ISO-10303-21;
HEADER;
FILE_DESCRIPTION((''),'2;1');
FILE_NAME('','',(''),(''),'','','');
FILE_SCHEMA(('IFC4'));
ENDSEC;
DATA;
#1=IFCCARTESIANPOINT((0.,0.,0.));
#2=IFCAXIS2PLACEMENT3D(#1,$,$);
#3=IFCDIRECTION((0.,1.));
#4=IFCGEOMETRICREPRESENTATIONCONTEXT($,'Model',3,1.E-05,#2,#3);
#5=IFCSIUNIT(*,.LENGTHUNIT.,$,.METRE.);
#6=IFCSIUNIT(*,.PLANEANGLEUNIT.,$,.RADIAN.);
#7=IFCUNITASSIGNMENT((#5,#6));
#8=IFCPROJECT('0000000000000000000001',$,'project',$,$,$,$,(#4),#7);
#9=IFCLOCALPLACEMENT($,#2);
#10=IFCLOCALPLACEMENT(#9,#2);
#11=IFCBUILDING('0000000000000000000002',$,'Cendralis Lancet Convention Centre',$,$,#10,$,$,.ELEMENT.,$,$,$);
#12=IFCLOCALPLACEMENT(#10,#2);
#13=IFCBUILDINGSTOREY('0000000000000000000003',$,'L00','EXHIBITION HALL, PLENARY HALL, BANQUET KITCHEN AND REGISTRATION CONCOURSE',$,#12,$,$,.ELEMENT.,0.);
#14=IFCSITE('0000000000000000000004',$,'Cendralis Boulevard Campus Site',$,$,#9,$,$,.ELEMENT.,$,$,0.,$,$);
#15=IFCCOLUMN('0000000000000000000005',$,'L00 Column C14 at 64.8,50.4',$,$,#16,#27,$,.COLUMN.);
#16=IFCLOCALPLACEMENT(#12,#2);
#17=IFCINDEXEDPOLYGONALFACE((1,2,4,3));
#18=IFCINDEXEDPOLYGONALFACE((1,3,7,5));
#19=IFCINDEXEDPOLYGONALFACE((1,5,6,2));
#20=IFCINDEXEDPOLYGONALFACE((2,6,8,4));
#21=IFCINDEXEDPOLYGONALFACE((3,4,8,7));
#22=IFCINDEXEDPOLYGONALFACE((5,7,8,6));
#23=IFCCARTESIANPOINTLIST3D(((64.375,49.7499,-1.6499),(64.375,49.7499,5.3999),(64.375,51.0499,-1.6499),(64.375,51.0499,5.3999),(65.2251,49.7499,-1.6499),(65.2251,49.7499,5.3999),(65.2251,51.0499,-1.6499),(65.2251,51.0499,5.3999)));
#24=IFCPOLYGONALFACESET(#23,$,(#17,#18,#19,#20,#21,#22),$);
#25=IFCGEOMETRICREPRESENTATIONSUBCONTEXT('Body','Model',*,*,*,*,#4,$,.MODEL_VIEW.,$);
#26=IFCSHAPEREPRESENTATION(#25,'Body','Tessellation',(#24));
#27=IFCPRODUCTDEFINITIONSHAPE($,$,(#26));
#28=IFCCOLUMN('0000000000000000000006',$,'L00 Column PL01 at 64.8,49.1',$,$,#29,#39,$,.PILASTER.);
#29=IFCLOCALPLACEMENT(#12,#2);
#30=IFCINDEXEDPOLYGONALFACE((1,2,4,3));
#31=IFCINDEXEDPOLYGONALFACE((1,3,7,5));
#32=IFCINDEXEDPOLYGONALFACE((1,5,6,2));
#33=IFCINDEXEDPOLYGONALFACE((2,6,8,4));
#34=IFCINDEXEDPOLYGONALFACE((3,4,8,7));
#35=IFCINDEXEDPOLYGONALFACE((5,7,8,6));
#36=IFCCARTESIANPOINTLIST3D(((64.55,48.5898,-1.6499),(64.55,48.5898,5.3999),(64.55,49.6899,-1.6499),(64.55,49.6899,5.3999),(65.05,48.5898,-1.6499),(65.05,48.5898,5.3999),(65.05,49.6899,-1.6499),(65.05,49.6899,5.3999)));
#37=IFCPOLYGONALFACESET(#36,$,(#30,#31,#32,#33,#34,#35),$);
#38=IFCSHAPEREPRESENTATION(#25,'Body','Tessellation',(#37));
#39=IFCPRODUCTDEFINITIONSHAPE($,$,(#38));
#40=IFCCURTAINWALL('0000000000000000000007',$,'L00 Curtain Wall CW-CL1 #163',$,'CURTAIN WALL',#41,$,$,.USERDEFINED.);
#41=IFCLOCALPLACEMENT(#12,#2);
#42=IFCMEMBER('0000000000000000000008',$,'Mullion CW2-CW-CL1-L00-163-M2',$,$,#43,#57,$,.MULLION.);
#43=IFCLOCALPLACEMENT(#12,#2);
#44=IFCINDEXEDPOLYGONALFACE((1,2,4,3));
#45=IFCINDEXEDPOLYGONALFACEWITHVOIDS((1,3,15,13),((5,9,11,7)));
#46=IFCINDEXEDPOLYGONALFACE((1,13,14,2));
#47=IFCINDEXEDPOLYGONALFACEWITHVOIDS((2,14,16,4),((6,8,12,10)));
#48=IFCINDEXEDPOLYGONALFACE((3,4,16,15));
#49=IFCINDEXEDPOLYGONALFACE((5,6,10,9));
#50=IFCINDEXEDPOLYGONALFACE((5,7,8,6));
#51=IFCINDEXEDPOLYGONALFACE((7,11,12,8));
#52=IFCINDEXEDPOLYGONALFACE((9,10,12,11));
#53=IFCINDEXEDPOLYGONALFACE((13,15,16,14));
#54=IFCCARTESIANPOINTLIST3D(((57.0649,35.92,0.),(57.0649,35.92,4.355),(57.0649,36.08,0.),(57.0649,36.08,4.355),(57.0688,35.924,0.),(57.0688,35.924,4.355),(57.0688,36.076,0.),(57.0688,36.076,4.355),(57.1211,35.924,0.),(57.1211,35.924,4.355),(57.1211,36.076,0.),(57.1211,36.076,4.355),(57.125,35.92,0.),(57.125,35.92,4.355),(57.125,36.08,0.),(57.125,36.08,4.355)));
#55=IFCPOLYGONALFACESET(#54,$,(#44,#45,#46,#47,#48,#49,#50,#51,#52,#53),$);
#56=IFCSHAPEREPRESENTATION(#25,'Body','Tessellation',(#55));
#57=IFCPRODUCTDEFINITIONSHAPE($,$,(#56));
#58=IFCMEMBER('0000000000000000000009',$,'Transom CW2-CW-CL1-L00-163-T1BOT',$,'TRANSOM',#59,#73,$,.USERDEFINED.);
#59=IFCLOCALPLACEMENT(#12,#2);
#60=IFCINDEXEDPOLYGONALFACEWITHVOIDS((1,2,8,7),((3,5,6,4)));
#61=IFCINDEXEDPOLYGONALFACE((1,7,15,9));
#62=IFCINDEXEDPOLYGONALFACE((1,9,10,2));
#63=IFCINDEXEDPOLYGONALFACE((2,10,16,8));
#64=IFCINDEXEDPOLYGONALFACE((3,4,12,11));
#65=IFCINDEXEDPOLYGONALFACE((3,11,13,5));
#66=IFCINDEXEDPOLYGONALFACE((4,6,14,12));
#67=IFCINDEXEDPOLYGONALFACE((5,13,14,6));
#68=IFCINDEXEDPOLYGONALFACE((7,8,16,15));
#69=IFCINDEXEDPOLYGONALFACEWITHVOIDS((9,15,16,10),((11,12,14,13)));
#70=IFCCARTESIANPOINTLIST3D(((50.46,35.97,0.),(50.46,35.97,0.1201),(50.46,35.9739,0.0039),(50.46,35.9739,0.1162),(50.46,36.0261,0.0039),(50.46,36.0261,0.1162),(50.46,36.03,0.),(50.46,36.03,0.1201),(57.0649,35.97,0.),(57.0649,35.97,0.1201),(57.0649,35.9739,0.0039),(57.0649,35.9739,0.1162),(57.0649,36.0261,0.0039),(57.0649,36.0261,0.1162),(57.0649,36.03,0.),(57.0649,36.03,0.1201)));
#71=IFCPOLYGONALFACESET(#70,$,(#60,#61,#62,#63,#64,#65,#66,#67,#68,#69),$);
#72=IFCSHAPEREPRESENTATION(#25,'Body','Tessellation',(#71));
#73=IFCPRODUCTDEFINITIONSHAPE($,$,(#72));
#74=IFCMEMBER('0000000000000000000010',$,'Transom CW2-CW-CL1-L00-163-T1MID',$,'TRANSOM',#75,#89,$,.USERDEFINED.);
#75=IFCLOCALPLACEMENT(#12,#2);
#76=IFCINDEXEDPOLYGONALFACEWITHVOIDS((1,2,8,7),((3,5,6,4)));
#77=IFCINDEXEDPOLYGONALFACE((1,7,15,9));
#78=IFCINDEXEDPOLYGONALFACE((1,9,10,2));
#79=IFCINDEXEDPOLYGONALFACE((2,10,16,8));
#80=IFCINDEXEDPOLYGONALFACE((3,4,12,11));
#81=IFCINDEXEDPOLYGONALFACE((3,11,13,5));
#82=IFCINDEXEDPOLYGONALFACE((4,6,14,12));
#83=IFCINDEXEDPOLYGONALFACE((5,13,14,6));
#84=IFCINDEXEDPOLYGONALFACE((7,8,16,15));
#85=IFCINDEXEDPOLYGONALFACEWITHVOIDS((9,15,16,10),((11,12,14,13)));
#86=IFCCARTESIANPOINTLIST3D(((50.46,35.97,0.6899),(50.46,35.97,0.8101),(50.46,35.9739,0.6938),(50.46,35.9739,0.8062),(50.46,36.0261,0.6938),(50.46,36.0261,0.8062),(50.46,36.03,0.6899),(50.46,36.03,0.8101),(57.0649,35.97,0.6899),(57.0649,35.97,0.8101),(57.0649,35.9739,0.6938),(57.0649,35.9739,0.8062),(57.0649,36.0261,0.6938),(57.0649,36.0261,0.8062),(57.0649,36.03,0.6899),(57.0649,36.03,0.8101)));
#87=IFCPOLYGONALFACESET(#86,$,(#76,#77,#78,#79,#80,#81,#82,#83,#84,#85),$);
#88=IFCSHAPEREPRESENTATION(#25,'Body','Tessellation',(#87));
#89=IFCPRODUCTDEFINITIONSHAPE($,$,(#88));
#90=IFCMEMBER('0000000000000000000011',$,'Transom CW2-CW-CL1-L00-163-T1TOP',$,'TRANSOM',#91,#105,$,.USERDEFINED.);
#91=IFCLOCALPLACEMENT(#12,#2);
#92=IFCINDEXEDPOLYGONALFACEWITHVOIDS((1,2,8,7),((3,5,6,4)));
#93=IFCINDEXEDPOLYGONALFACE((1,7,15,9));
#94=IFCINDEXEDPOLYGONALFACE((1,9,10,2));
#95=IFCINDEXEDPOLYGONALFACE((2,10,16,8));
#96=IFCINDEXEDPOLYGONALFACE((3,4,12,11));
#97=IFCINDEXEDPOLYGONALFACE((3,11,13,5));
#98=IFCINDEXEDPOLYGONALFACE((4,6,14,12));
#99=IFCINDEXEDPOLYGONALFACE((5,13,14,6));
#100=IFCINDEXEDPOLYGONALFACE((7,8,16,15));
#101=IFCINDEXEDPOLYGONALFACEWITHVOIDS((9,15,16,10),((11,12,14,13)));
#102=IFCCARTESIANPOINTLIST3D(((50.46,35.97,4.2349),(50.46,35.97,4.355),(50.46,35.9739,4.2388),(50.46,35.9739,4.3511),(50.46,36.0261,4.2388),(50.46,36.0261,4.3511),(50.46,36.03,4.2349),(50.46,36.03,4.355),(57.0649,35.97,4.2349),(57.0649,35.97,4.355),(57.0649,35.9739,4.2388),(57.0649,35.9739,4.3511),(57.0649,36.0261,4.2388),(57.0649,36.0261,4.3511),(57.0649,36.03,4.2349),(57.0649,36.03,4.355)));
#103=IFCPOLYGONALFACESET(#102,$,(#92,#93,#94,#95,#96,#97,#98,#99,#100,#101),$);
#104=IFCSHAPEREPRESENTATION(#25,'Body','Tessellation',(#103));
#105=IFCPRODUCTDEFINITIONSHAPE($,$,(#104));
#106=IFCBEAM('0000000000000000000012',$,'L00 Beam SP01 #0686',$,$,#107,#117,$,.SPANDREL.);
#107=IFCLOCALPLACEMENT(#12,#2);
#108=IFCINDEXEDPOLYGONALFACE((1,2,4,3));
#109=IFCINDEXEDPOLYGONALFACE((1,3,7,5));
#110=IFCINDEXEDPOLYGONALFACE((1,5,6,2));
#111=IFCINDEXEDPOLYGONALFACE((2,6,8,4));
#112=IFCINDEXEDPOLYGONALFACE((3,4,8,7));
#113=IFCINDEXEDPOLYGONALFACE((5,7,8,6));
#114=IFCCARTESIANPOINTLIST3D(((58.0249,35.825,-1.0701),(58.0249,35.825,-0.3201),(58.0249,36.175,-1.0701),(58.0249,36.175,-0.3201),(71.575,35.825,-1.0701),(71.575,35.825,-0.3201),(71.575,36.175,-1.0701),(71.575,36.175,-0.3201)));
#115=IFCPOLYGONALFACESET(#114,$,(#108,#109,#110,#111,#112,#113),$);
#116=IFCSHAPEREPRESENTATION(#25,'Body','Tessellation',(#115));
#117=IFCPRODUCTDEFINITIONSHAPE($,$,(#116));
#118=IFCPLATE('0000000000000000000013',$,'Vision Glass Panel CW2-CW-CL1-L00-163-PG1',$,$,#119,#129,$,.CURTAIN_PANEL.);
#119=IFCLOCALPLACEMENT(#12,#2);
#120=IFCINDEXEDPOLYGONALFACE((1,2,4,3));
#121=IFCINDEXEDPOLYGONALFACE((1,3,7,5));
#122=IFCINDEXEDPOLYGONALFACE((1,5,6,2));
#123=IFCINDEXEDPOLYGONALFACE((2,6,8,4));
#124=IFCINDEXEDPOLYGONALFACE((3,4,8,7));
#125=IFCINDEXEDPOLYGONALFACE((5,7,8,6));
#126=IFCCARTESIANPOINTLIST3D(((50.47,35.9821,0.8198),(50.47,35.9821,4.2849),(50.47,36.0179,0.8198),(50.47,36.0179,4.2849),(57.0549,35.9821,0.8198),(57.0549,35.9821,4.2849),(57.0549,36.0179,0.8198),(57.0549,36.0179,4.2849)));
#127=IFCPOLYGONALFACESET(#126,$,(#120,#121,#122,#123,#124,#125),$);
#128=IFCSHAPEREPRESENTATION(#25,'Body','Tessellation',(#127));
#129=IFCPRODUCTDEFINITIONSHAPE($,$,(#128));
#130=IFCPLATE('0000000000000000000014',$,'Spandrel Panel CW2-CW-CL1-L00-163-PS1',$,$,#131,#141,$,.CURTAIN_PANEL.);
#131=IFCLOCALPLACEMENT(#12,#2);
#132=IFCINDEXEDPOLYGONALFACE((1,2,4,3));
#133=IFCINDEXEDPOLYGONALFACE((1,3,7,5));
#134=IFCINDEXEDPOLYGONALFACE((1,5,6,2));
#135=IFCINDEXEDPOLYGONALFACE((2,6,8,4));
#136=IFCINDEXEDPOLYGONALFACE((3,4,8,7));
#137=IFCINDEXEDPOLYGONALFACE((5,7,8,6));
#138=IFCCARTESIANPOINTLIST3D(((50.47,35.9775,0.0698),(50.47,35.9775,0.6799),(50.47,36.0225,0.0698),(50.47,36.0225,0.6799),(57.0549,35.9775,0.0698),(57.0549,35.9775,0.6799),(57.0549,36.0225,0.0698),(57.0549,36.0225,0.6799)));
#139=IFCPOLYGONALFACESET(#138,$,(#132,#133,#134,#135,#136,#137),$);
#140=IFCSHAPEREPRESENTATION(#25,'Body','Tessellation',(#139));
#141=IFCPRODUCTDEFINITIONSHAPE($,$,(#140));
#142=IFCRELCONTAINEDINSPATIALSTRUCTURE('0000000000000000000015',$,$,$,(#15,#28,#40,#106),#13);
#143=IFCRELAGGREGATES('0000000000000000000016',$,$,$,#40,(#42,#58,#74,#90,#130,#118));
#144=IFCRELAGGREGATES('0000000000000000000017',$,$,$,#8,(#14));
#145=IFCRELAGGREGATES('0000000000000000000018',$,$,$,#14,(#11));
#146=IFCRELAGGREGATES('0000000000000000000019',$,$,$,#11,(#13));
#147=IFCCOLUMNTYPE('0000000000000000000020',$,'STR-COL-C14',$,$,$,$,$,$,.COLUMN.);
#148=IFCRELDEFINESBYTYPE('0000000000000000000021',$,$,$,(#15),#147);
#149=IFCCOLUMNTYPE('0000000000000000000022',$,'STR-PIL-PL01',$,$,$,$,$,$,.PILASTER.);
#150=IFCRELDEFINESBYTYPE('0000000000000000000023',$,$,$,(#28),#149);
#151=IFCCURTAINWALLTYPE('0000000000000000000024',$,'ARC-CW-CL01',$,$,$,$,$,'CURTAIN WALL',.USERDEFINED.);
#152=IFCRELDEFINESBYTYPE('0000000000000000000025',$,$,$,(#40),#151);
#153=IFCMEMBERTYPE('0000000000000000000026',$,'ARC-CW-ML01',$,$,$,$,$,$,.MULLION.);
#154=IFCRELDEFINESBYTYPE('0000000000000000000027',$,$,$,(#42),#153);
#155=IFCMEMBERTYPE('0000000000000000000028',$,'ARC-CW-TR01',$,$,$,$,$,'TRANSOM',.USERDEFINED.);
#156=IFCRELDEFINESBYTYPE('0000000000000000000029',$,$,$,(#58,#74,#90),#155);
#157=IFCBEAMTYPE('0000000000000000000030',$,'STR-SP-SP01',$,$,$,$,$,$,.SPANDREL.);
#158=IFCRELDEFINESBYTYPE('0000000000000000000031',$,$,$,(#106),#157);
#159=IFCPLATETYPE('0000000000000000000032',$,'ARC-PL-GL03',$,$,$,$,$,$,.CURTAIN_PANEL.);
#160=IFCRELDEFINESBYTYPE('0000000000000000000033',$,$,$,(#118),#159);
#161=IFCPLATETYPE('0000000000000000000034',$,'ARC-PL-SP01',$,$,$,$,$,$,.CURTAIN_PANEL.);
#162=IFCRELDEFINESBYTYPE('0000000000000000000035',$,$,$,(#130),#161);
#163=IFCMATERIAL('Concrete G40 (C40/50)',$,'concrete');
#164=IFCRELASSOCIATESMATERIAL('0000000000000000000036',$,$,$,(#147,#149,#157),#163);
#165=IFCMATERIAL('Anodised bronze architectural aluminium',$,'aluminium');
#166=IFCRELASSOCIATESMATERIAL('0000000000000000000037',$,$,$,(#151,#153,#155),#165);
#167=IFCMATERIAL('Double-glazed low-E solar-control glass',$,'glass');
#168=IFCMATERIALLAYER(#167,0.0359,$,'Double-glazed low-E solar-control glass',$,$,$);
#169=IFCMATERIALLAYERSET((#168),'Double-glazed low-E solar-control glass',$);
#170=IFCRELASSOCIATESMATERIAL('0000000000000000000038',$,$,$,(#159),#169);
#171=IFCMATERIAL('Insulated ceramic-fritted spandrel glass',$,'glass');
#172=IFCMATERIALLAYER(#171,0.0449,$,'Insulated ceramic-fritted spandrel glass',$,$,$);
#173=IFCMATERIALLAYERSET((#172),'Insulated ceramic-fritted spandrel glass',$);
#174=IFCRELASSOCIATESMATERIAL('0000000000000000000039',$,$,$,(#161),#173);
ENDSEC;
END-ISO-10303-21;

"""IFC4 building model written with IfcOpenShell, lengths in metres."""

from ifc_helpers import new_model, si_unit, direction, frame, origin, origin_2d, place, context, subcontext, project, spatial, rectangle, hollow_rectangle, extrude, material, layer, layer_set, material_profile, profile_set, type_object, element, aggregate, save


model = new_model("IFC4")

# Units and contexts
model_context = context("Model", 3, precision=1e-05, world=origin(), true_north=direction((0.0, 1.0)))
body_context = subcontext(model_context, "Body", "Model", "MODEL_VIEW")
ifc_project = project(units=[si_unit("LENGTHUNIT", "METRE"), si_unit("PLANEANGLEUNIT", "RADIAN")], contexts=[model_context])

# Site, building, storey
site_placement = place(None, origin())
site = spatial("IfcSite", under=ifc_project, at=site_placement, Name="Cendralis Boulevard Campus Site", CompositionType="ELEMENT", RefElevation=0.0)
building_placement = place(site_placement, origin())
building = spatial("IfcBuilding", under=site, at=building_placement, Name="Cendralis Lancet Convention Centre", CompositionType="ELEMENT")
storey_placement = place(building_placement, origin())
storey = spatial("IfcBuildingStorey", under=building, at=storey_placement, Name="L00", Description="EXHIBITION HALL, PLENARY HALL, BANQUET KITCHEN AND REGISTRATION CONCOURSE", CompositionType="ELEMENT", Elevation=0.0)

# Columns
ifc_material_1 = material(Name="Concrete G40 (C40/50)", Category="concrete")
ifc_material_profile_1 = material_profile(ifc_material_1, rectangle(XDim=0.8501, YDim=1.3, at=origin_2d()), Name="RC 850x1300")
ifc_profile_set_1 = profile_set([ifc_material_profile_1], Name="Concrete G40 (C40/50)")
column_type_1 = type_object("IfcColumnType", Name="STR-COL-C14", PredefinedType="COLUMN", material=ifc_profile_set_1)
column_1_placement = place(storey_placement, frame((64.8, 50.3999, -1.6499), z_axis=(0.0, 0.0, 1.0), x_axis=(1.0, 0.0, 0.0)))
element("IfcColumn", 1, at=column_1_placement, inside=storey, type_object=column_type_1, Name="L00 Column C14 at 64.8,50.4", PredefinedType="COLUMN", context=body_context, shape_type="SweptSolid", body=[
    extrude(rectangle(XDim=0.8501, YDim=1.3, at=origin_2d()), origin(), (0.0, 0.0, 1.0), 7.0498),
])
ifc_material_profile_2 = material_profile(ifc_material_1, rectangle(XDim=0.5, YDim=1.1001, at=origin_2d()), Name="RC 500x1100")
ifc_profile_set_2 = profile_set([ifc_material_profile_2], Name="Concrete G40 (C40/50)")
column_type_2 = type_object("IfcColumnType", Name="STR-PIL-PL01", PredefinedType="PILASTER", material=ifc_profile_set_2)
column_2_placement = place(storey_placement, frame((64.8, 49.1399, -1.6499), z_axis=(0.0, 0.0, 1.0), x_axis=(1.0, 0.0, 0.0)))
element("IfcColumn", 2, at=column_2_placement, inside=storey, type_object=column_type_2, Name="L00 Column PL01 at 64.8,49.1", PredefinedType="PILASTER", context=body_context, shape_type="SweptSolid", body=[
    extrude(rectangle(XDim=0.5, YDim=1.1001, at=origin_2d()), origin(), (0.0, 0.0, 1.0), 7.0498),
])

# Curtain wall, members
ifc_material_2 = material(Name="Anodised bronze architectural aluminium", Category="aluminium")
curtain_wall_type = type_object("IfcCurtainWallType", Name="ARC-CW-CL01", ElementType="CURTAIN WALL", PredefinedType="USERDEFINED", material=ifc_material_2)
curtain_wall_placement = place(storey_placement, origin())
curtain_wall = element("IfcCurtainWall", 3, at=curtain_wall_placement, inside=storey, type_object=curtain_wall_type, Name="L00 Curtain Wall CW-CL1 #163", ObjectType="CURTAIN WALL", PredefinedType="USERDEFINED")
ifc_material_profile_3 = material_profile(ifc_material_2, hollow_rectangle(XDim=0.0601, YDim=0.1599, WallThickness=0.0039, at=origin_2d()), Name="AL-MULL 60x160x4.0")
ifc_profile_set_3 = profile_set([ifc_material_profile_3], Name="Anodised bronze architectural aluminium")
member_type_1 = type_object("IfcMemberType", Name="ARC-CW-ML01", PredefinedType="MULLION", material=ifc_profile_set_3)
member_1_placement = place(storey_placement, frame((57.095, 36.0, 0.0), z_axis=(0.0, 0.0, 1.0), x_axis=(1.0, 0.0, 0.0)))
member_1 = element("IfcMember", 4, at=member_1_placement, type_object=member_type_1, Name="Mullion CW2-CW-CL1-L00-163-M2", PredefinedType="MULLION", context=body_context, shape_type="SweptSolid", body=[
    extrude(hollow_rectangle(XDim=0.0601, YDim=0.1599, WallThickness=0.0039, at=origin_2d()), origin(), (0.0, 0.0, 1.0), 4.355),
])
ifc_material_profile_4 = material_profile(ifc_material_2, hollow_rectangle(XDim=0.0601, YDim=0.1201, WallThickness=0.0039, at=origin_2d()), Name="AL-TRAN 60x120x4.0")
ifc_profile_set_4 = profile_set([ifc_material_profile_4], Name="Anodised bronze architectural aluminium")
member_type_2 = type_object("IfcMemberType", Name="ARC-CW-TR01", ElementType="TRANSOM", PredefinedType="USERDEFINED", material=ifc_profile_set_4)
member_2_placement = place(storey_placement, frame((50.46, 36.0, 0.0601), z_axis=(1.0, 0.0, 0.0), x_axis=(0.0, 1.0, 0.0)))
member_2 = element("IfcMember", 5, at=member_2_placement, type_object=member_type_2, Name="Transom CW2-CW-CL1-L00-163-T1BOT", ObjectType="TRANSOM", PredefinedType="USERDEFINED", context=body_context, shape_type="SweptSolid", body=[
    extrude(hollow_rectangle(XDim=0.0601, YDim=0.1201, WallThickness=0.0039, at=origin_2d()), origin(), (0.0, 0.0, 1.0), 6.605),
])
member_3_placement = place(storey_placement, frame((50.46, 36.0, 0.75), z_axis=(1.0, 0.0, 0.0), x_axis=(0.0, 1.0, 0.0)))
member_3 = element("IfcMember", 6, at=member_3_placement, type_object=member_type_2, Name="Transom CW2-CW-CL1-L00-163-T1MID", ObjectType="TRANSOM", PredefinedType="USERDEFINED", context=body_context, shape_type="SweptSolid", body=[
    extrude(hollow_rectangle(XDim=0.0601, YDim=0.1201, WallThickness=0.0039, at=origin_2d()), origin(), (0.0, 0.0, 1.0), 6.605),
])
member_4_placement = place(storey_placement, frame((50.46, 36.0, 4.2949), z_axis=(1.0, 0.0, 0.0), x_axis=(0.0, 1.0, 0.0)))
member_4 = element("IfcMember", 7, at=member_4_placement, type_object=member_type_2, Name="Transom CW2-CW-CL1-L00-163-T1TOP", ObjectType="TRANSOM", PredefinedType="USERDEFINED", context=body_context, shape_type="SweptSolid", body=[
    extrude(hollow_rectangle(XDim=0.0601, YDim=0.1201, WallThickness=0.0039, at=origin_2d()), origin(), (0.0, 0.0, 1.0), 6.605),
])

# Beam
ifc_material_profile_5 = material_profile(ifc_material_1, rectangle(XDim=0.3501, YDim=0.75, at=origin_2d()), Name="RCB 350x750")
ifc_profile_set_5 = profile_set([ifc_material_profile_5], Name="Concrete G40 (C40/50)")
beam_type = type_object("IfcBeamType", Name="STR-SP-SP01", PredefinedType="SPANDREL", material=ifc_profile_set_5)
beam_placement = place(storey_placement, frame((58.0249, 36.0, -0.6951), z_axis=(1.0, 0.0, 0.0), x_axis=(0.0, 1.0, 0.0)))
element("IfcBeam", 8, at=beam_placement, inside=storey, type_object=beam_type, Name="L00 Beam SP01 #0686", PredefinedType="SPANDREL", context=body_context, shape_type="SweptSolid", body=[
    extrude(rectangle(XDim=0.3501, YDim=0.75, at=origin_2d()), origin(), (0.0, 0.0, 1.0), 13.55),
])

# Plates
ifc_material_3 = material(Name="Double-glazed low-E solar-control glass", Category="glass")
ifc_layer_1 = layer(ifc_material_3, 0.0359, Name="Double-glazed low-E solar-control glass")
ifc_layer_set_1 = layer_set([ifc_layer_1], Name="Double-glazed low-E solar-control glass")
plate_type_1 = type_object("IfcPlateType", Name="ARC-PL-GL03", PredefinedType="CURTAIN_PANEL", material=ifc_layer_set_1)
plate_1_placement = place(storey_placement, frame((53.7625, 36.0, 0.8198), z_axis=(0.0, 0.0, 1.0), x_axis=(1.0, 0.0, 0.0)))
plate_1 = element("IfcPlate", 9, at=plate_1_placement, type_object=plate_type_1, Name="Vision Glass Panel CW2-CW-CL1-L00-163-PG1", PredefinedType="CURTAIN_PANEL", context=body_context, shape_type="SweptSolid", body=[
    extrude(rectangle(XDim=6.585, YDim=0.0359, at=origin_2d()), origin(), (0.0, 0.0, 1.0), 3.4651),
])
ifc_material_4 = material(Name="Insulated ceramic-fritted spandrel glass", Category="glass")
ifc_layer_2 = layer(ifc_material_4, 0.0449, Name="Insulated ceramic-fritted spandrel glass")
ifc_layer_set_2 = layer_set([ifc_layer_2], Name="Insulated ceramic-fritted spandrel glass")
plate_type_2 = type_object("IfcPlateType", Name="ARC-PL-SP01", PredefinedType="CURTAIN_PANEL", material=ifc_layer_set_2)
plate_2_placement = place(storey_placement, frame((53.7625, 36.0, 0.0698), z_axis=(0.0, 0.0, 1.0), x_axis=(1.0, 0.0, 0.0)))
plate_2 = element("IfcPlate", 10, at=plate_2_placement, type_object=plate_type_2, Name="Spandrel Panel CW2-CW-CL1-L00-163-PS1", PredefinedType="CURTAIN_PANEL", context=body_context, shape_type="SweptSolid", body=[
    extrude(rectangle(XDim=6.585, YDim=0.0449, at=origin_2d()), origin(), (0.0, 0.0, 1.0), 0.6101),
])
aggregate(curtain_wall, [member_1, member_2, member_3, member_4, plate_2, plate_1])

save(model, "model.ifc")
